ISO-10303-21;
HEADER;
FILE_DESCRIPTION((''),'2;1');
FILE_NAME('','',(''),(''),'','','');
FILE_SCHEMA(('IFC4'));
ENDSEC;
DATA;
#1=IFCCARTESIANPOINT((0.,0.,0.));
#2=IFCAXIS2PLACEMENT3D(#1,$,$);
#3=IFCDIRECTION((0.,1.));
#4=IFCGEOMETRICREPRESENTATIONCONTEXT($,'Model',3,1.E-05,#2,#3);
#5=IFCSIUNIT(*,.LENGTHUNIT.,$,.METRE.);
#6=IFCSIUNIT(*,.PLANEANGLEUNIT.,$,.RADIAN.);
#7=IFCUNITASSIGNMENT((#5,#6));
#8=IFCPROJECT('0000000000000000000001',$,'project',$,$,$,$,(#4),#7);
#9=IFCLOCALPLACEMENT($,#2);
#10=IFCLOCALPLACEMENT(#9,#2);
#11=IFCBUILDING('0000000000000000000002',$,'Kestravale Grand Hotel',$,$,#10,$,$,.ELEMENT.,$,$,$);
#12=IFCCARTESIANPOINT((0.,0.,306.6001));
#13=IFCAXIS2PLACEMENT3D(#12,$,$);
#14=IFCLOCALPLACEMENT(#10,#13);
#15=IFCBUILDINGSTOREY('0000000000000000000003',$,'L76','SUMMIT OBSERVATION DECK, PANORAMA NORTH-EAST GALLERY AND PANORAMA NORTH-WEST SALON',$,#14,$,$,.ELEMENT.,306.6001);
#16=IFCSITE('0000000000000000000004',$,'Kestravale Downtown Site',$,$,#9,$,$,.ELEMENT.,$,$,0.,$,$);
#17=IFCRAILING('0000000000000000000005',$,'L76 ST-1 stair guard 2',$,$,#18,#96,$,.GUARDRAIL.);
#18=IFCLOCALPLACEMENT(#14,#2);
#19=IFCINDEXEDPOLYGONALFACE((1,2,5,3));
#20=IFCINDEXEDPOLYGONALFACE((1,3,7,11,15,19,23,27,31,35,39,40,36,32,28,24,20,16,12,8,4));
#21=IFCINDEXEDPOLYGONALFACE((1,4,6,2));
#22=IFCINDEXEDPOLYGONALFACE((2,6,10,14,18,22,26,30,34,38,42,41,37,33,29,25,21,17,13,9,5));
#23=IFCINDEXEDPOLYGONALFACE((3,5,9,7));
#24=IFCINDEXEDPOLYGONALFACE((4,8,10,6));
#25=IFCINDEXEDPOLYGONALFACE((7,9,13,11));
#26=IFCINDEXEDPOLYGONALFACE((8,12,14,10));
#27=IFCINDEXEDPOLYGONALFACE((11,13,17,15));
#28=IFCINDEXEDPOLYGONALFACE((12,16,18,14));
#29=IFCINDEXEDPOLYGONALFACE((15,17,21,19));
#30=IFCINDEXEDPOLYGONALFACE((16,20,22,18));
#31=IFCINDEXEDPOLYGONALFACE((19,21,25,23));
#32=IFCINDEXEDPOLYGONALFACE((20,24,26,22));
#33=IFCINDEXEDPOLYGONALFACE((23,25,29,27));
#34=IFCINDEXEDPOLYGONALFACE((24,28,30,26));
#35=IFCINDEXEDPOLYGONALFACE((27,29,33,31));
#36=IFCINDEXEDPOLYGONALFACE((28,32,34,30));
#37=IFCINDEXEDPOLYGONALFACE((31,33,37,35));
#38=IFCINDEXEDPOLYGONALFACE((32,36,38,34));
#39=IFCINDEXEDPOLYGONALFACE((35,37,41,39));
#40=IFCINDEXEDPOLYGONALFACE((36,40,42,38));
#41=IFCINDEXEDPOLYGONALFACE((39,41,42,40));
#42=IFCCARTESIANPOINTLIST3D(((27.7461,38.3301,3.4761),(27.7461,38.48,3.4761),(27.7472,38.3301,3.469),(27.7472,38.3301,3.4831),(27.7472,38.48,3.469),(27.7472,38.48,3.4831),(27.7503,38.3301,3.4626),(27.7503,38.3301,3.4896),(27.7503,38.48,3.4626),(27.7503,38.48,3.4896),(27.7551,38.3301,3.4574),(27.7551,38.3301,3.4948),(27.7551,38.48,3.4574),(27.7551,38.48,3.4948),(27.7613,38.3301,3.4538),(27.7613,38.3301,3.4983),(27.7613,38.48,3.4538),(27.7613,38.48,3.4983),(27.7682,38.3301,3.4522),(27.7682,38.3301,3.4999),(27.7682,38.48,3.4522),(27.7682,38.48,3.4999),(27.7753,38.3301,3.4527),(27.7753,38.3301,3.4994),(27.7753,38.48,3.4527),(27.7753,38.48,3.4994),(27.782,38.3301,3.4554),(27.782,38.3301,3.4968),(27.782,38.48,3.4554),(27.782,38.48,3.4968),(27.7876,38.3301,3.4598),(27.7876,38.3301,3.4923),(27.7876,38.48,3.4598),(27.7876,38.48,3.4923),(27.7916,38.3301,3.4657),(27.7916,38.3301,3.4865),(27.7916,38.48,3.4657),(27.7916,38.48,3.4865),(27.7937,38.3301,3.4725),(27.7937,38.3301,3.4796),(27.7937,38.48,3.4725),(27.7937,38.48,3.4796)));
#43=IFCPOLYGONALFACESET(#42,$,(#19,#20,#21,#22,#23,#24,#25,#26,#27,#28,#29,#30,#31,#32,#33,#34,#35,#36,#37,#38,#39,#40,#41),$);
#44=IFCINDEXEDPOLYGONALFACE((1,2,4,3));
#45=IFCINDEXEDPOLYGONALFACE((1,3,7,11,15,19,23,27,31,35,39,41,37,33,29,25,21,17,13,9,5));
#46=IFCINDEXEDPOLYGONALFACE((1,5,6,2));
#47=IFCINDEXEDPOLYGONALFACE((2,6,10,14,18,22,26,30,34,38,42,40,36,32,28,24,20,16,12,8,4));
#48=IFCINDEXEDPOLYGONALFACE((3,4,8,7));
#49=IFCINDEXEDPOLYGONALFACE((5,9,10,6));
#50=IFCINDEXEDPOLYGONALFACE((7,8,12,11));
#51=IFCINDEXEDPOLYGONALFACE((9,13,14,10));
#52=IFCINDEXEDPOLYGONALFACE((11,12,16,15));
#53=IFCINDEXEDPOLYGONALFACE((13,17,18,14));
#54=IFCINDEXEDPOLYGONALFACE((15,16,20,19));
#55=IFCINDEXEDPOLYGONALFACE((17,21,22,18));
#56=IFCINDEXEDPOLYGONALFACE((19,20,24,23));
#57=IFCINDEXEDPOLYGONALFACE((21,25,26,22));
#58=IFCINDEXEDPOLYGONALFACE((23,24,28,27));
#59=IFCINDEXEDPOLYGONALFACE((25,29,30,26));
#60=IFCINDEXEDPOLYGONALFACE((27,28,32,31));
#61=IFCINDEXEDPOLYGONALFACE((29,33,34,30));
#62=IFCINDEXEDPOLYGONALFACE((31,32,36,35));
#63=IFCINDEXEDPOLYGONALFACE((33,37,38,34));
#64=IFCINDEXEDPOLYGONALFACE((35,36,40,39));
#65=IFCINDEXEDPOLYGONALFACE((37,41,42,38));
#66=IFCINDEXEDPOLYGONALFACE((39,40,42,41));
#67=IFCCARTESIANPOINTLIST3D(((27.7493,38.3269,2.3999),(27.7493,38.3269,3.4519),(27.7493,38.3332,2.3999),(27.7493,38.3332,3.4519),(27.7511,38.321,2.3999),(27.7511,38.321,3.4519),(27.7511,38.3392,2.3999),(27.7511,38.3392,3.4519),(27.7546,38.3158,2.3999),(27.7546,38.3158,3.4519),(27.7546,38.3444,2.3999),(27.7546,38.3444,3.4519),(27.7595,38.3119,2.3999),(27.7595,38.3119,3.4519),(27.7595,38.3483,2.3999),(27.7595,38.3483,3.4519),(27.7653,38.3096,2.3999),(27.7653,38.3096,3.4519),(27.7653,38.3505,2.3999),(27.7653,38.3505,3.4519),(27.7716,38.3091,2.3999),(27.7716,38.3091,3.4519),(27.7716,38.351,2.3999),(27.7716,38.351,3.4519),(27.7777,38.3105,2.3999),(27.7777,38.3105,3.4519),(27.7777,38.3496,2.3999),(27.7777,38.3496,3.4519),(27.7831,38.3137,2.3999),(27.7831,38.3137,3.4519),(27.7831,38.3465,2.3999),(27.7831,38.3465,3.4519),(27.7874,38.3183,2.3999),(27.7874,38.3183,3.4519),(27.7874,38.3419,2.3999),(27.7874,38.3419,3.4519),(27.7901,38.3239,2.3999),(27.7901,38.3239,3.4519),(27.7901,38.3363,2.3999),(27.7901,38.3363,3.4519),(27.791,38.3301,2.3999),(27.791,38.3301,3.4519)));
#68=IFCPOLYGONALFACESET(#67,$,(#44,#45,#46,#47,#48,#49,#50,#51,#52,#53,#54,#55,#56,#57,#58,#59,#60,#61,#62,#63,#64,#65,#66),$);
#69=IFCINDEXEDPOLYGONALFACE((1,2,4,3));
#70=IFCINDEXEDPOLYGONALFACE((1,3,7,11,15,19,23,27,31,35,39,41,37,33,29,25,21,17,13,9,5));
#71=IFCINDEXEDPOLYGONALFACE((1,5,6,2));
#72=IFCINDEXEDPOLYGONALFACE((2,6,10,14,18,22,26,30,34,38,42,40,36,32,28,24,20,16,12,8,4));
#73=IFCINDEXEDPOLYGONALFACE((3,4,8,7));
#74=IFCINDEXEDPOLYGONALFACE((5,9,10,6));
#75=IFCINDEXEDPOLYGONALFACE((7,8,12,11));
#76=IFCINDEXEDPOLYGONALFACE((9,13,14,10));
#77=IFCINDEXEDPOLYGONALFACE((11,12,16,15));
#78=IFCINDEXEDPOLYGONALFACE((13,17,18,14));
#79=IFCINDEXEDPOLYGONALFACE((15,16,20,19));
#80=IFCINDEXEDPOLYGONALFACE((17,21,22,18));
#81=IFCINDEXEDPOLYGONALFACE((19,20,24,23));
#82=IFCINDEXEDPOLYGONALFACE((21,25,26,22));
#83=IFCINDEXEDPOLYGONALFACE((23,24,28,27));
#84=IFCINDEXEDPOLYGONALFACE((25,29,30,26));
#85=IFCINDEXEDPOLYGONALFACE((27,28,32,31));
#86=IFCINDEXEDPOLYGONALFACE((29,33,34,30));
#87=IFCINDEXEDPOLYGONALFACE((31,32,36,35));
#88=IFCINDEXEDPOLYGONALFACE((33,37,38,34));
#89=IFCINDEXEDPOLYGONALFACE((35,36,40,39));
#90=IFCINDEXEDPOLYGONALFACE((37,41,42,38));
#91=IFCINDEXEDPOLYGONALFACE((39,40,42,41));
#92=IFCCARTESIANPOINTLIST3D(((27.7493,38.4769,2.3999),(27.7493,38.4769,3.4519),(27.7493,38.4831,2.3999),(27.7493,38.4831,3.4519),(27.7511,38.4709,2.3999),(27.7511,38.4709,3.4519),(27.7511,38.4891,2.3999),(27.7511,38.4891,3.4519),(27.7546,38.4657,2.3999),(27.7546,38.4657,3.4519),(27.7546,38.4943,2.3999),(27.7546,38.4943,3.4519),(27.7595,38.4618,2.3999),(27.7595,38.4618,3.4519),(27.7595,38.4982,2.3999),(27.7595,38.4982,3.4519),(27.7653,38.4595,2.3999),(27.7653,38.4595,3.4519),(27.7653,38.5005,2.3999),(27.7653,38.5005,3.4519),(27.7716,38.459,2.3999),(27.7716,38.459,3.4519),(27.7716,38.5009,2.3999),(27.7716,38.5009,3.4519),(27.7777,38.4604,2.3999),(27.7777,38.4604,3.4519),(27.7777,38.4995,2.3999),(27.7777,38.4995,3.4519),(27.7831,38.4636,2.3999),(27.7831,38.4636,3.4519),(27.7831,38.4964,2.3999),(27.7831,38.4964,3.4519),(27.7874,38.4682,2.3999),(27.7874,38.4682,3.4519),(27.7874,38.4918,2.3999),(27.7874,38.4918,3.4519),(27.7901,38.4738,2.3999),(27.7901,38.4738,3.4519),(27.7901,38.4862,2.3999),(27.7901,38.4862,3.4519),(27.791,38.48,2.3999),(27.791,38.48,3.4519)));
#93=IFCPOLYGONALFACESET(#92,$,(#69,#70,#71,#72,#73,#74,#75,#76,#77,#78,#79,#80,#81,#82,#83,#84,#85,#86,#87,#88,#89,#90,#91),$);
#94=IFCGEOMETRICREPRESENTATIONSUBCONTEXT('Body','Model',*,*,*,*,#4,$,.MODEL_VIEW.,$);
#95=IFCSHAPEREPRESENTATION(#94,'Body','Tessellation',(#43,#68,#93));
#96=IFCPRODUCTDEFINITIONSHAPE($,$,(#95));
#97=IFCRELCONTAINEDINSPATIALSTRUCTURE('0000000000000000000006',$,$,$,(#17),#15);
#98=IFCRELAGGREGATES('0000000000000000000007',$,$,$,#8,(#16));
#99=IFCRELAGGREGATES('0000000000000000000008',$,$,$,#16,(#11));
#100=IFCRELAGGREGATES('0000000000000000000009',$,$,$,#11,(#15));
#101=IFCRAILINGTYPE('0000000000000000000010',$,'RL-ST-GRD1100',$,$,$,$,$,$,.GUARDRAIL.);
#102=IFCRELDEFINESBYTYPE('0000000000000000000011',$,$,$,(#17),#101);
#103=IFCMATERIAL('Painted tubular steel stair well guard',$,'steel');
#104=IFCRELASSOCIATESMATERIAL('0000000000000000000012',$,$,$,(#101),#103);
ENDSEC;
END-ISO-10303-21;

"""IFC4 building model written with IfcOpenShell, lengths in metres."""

from ifc_helpers import new_model, si_unit, direction, frame, origin, origin_2d, place, context, subcontext, project, spatial, circle, extrude, material, type_object, element, save


model = new_model("IFC4")

# Units and contexts
model_context = context("Model", 3, precision=1e-05, world=origin(), true_north=direction((0.0, 1.0)))
body_context = subcontext(model_context, "Body", "Model", "MODEL_VIEW")
ifc_project = project(units=[si_unit("LENGTHUNIT", "METRE"), si_unit("PLANEANGLEUNIT", "RADIAN")], contexts=[model_context])

# Site, building, storey
site_placement = place(None, origin())
site = spatial("IfcSite", under=ifc_project, at=site_placement, Name="Kestravale Downtown Site", CompositionType="ELEMENT", RefElevation=0.0)
building_placement = place(site_placement, origin())
building = spatial("IfcBuilding", under=site, at=building_placement, Name="Kestravale Grand Hotel", CompositionType="ELEMENT")
storey_placement = place(building_placement, frame((0.0, 0.0, 306.6001)))
storey = spatial("IfcBuildingStorey", under=building, at=storey_placement, Name="L76", Description="SUMMIT OBSERVATION DECK, PANORAMA NORTH-EAST GALLERY AND PANORAMA NORTH-WEST SALON", CompositionType="ELEMENT", Elevation=306.6001)

# Railing
ifc_material_1 = material(Name="Painted tubular steel stair well guard", Category="steel")
railing_type_1 = type_object("IfcRailingType", Name="RL-ST-GRD1100", PredefinedType="GUARDRAIL", material=ifc_material_1)
railing_1_placement = place(storey_placement, frame((27.77, 38.3301, 2.3999)))
element("IfcRailing", 1, at=railing_1_placement, inside=storey, type_object=railing_type_1, Name="L76 ST-1 stair guard 2", PredefinedType="GUARDRAIL", context=body_context, shape_type="SweptSolid", body=[
    extrude(circle(Radius=0.0239, at=origin_2d()), frame((0.0, 0.0, 1.0762), z_axis=(0.0, 1.0, 0.0), x_axis=(-1.0, 0.0, 0.0)), (0.0, 0.0, 1.0), 0.1499),
    extrude(circle(Radius=0.021, at=origin_2d()), origin(), (0.0, 0.0, 1.0), 1.052),
    extrude(circle(Radius=0.021, at=origin_2d()), frame((0.0, 0.1499, 0.0)), (0.0, 0.0, 1.0), 1.052),
])

save(model, "model.ifc")
